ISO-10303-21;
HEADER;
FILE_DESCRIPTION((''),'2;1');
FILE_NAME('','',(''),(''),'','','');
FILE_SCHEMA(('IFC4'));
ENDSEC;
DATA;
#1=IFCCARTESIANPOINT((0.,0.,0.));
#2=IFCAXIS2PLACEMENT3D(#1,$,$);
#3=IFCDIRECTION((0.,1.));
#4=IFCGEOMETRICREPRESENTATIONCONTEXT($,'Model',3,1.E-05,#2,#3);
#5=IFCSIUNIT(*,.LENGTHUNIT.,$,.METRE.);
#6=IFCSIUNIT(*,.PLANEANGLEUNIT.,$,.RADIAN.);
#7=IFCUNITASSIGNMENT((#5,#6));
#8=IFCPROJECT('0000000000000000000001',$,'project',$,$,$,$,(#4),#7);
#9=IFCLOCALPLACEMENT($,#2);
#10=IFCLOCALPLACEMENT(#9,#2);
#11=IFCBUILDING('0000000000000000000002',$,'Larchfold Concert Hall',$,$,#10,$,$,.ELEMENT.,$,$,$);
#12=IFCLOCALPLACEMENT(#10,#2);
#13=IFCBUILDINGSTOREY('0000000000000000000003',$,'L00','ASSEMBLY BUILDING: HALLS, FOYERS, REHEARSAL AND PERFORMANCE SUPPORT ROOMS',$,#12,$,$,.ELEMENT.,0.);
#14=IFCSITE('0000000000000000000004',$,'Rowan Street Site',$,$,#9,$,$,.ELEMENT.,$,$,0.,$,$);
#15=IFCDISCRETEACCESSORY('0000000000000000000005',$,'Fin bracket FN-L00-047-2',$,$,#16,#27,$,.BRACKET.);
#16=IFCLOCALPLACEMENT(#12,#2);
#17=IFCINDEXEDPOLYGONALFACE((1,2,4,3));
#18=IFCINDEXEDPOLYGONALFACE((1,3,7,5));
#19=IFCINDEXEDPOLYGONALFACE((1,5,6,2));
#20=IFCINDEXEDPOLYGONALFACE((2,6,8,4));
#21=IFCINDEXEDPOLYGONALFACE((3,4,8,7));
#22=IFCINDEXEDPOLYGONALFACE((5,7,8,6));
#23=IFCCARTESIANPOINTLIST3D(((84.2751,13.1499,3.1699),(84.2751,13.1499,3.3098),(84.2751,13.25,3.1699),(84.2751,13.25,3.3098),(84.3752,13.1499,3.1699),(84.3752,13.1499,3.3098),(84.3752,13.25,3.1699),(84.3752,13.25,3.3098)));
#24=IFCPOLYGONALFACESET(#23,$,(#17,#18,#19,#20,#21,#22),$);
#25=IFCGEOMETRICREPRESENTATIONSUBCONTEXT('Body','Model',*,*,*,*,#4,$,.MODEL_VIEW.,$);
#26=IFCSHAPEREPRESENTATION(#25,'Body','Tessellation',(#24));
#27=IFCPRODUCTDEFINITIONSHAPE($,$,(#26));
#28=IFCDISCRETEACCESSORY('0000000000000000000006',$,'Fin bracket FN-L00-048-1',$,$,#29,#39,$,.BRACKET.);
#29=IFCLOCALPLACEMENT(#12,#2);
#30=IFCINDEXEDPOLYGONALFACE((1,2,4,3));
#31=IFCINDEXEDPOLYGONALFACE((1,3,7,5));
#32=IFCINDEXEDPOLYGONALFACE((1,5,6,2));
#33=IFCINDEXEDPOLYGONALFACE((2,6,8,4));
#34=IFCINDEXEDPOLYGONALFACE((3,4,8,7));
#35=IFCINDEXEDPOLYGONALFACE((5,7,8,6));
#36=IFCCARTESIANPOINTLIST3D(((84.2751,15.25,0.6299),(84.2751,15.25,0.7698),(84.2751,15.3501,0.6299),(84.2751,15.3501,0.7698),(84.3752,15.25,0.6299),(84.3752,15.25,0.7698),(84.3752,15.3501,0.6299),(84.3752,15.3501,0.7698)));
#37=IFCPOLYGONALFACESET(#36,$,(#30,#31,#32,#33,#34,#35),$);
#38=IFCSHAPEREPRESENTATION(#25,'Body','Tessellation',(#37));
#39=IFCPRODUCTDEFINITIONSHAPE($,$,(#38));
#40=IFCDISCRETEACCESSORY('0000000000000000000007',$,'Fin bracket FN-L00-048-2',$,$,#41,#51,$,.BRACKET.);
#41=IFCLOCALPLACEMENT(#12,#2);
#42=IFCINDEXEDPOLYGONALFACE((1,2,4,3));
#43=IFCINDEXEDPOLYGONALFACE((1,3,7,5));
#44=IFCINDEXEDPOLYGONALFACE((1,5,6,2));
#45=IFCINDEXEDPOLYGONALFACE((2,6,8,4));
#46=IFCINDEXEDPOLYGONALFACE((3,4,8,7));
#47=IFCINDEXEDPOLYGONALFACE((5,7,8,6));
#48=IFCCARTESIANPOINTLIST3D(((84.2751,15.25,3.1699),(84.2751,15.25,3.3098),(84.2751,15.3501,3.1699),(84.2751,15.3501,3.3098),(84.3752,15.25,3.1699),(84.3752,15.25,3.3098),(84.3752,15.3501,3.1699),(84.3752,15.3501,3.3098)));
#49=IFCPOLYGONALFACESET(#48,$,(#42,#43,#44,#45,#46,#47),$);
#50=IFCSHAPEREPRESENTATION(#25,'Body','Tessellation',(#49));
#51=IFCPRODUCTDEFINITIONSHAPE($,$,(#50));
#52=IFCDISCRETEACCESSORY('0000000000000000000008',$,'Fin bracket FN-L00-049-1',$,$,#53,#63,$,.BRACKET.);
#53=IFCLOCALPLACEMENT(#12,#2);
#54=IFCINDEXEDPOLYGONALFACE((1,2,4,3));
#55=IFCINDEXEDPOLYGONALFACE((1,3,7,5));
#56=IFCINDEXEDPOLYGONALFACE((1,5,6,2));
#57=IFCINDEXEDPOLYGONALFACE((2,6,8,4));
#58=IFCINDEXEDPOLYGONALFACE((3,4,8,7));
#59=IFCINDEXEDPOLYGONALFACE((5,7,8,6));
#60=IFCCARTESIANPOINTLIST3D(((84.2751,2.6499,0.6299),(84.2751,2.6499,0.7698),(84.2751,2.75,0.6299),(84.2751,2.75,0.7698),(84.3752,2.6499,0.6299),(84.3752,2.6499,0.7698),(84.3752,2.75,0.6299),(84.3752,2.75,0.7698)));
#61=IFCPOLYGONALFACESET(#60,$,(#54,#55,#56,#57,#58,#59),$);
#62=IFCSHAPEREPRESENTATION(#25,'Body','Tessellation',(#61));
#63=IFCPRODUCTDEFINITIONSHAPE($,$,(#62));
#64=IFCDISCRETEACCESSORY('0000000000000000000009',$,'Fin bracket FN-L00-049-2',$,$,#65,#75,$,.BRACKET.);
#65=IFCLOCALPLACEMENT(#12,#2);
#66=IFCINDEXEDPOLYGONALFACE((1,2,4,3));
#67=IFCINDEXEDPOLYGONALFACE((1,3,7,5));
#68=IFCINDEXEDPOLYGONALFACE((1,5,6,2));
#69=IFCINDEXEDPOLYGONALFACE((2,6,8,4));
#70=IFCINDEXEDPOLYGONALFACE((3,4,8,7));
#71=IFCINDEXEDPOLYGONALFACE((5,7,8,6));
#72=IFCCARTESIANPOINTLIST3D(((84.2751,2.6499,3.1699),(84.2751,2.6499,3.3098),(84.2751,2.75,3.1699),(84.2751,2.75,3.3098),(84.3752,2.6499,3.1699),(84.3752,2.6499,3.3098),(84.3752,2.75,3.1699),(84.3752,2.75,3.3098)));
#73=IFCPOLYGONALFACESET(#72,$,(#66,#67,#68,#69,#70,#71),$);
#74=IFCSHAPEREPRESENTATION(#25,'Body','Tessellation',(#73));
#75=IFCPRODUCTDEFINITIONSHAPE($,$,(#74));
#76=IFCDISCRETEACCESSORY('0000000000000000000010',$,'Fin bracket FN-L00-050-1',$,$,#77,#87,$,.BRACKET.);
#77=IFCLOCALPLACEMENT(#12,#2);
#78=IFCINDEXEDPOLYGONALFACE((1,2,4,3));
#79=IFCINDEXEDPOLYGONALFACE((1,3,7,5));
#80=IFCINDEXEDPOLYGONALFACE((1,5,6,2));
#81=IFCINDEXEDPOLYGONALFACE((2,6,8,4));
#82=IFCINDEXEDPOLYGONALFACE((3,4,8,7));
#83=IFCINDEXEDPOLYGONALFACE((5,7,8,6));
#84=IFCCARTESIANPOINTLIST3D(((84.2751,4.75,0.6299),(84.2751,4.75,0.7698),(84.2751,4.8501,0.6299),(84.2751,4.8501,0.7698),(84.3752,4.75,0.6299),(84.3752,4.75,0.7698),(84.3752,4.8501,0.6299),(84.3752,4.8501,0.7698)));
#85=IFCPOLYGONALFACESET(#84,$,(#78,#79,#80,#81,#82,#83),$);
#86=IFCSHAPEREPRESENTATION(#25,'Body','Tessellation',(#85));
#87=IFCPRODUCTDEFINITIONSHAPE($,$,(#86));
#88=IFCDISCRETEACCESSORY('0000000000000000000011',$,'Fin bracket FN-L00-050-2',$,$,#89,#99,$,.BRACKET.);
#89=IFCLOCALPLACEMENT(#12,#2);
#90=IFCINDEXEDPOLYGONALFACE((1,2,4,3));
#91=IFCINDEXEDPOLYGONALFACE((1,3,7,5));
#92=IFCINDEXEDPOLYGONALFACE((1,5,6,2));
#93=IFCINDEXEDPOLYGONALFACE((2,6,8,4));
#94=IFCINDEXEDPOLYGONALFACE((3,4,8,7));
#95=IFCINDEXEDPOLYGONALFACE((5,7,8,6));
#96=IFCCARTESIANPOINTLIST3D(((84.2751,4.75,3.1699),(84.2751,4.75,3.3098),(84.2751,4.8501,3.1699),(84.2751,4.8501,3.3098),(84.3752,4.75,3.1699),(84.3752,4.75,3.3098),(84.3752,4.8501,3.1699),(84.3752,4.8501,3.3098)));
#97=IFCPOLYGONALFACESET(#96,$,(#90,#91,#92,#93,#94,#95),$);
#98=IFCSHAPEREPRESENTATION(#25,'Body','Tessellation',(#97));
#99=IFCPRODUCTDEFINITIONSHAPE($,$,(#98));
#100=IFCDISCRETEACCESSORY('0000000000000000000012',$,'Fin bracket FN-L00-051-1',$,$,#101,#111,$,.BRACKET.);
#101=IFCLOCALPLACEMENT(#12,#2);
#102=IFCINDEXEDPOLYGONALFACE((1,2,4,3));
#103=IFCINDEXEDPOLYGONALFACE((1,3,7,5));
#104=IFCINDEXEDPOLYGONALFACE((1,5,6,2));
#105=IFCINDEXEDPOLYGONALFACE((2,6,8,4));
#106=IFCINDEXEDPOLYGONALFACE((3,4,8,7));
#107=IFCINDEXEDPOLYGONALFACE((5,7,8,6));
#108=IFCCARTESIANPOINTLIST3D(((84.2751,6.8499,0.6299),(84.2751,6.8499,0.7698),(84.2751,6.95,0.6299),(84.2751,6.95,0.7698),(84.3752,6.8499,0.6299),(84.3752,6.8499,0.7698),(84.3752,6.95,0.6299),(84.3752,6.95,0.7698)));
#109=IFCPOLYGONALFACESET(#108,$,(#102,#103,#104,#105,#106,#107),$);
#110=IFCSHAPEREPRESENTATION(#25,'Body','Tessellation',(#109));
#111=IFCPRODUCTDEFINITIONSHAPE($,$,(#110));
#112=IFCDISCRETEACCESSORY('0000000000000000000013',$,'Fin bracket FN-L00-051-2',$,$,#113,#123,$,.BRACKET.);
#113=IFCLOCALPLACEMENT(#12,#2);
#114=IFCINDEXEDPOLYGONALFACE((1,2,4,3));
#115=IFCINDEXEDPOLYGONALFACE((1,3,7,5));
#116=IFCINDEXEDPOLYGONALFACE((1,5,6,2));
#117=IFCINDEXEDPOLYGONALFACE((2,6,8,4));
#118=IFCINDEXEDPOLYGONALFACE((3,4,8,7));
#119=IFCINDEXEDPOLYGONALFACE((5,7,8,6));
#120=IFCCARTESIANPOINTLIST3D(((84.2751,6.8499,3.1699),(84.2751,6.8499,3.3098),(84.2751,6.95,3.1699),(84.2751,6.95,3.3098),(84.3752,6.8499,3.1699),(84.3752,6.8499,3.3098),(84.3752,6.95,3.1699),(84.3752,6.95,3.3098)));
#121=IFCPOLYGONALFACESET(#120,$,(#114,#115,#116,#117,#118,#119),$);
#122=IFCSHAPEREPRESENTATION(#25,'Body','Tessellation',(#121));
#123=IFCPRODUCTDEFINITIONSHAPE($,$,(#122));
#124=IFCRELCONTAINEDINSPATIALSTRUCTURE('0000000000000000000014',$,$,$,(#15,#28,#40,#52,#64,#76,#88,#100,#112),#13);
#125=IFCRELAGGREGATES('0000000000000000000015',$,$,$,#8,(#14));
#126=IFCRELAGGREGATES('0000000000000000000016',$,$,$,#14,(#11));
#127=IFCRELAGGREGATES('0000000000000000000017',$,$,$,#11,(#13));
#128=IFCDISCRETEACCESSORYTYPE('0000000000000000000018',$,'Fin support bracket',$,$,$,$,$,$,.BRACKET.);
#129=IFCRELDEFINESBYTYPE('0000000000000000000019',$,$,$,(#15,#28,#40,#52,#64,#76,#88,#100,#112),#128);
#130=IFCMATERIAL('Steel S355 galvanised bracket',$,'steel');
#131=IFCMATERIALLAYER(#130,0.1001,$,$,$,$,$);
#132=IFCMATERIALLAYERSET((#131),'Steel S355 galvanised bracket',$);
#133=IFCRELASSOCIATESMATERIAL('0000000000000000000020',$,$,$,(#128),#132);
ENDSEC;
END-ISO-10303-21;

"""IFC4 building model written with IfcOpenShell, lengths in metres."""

from ifc_helpers import new_model, si_unit, direction, frame, origin, origin_2d, place, context, subcontext, project, spatial, rectangle, extrude, material, layer, layer_set, type_object, element, save


model = new_model("IFC4")

# Units and contexts
model_context = context("Model", 3, precision=1e-05, world=origin(), true_north=direction((0.0, 1.0)))
body_context = subcontext(model_context, "Body", "Model", "MODEL_VIEW")
ifc_project = project(units=[si_unit("LENGTHUNIT", "METRE"), si_unit("PLANEANGLEUNIT", "RADIAN")], contexts=[model_context])

# Site, building, storey
site_placement = place(None, origin())
site = spatial("IfcSite", under=ifc_project, at=site_placement, Name="Rowan Street Site", CompositionType="ELEMENT", RefElevation=0.0)
building_placement = place(site_placement, origin())
building = spatial("IfcBuilding", under=site, at=building_placement, Name="Larchfold Concert Hall", CompositionType="ELEMENT")
storey_placement = place(building_placement, origin())
storey = spatial("IfcBuildingStorey", under=building, at=storey_placement, Name="L00", Description="ASSEMBLY BUILDING: HALLS, FOYERS, REHEARSAL AND PERFORMANCE SUPPORT ROOMS", CompositionType="ELEMENT", Elevation=0.0)

# Discrete accessories
ifc_material_1 = material(Name="Steel S355 galvanised bracket", Category="steel")
ifc_layer_1 = layer(ifc_material_1, 0.1001)
ifc_layer_set_1 = layer_set([ifc_layer_1], Name="Steel S355 galvanised bracket")
discrete_accessory_type = type_object("IfcDiscreteAccessoryType", Name="Fin support bracket", PredefinedType="BRACKET", material=ifc_layer_set_1)
for number, where, z_axis, x_axis, name in (
    (1, (84.3252, 13.2, 3.1699), (0.0, 0.0, 1.0), (-1.0, 0.0, 0.0), "Fin bracket FN-L00-047-2"),
    (2, (84.3252, 15.3, 0.6299), (0.0, 0.0, 1.0), (-1.0, 0.0, 0.0), "Fin bracket FN-L00-048-1"),
    (3, (84.3252, 15.3, 3.1699), (0.0, 0.0, 1.0), (-1.0, 0.0, 0.0), "Fin bracket FN-L00-048-2"),
    (4, (84.3252, 2.7, 0.6299), (0.0, 0.0, 1.0), (-1.0, 0.0, 0.0), "Fin bracket FN-L00-049-1"),
    (5, (84.3252, 2.7, 3.1699), (0.0, 0.0, 1.0), (-1.0, 0.0, 0.0), "Fin bracket FN-L00-049-2"),
    (6, (84.3252, 4.8, 0.6299), (0.0, 0.0, 1.0), (-1.0, 0.0, 0.0), "Fin bracket FN-L00-050-1"),
    (7, (84.3252, 4.8, 3.1699), (0.0, 0.0, 1.0), (-1.0, 0.0, 0.0), "Fin bracket FN-L00-050-2"),
    (8, (84.3252, 6.8999, 0.6299), (0.0, 0.0, 1.0), (-1.0, 0.0, 0.0), "Fin bracket FN-L00-051-1"),
    (9, (84.3252, 6.8999, 3.1699), (0.0, 0.0, 1.0), (-1.0, 0.0, 0.0), "Fin bracket FN-L00-051-2"),
):
    element("IfcDiscreteAccessory", number, at=place(storey_placement, frame(where, z_axis=z_axis, x_axis=x_axis)), inside=storey, type_object=discrete_accessory_type, Name=name, PredefinedType="BRACKET", context=body_context, shape_type="SweptSolid", body=[
        extrude(rectangle(XDim=0.1001, YDim=0.1001, at=origin_2d()), origin(), (0.0, 0.0, 1.0), 0.1399),
    ])

save(model, "model.ifc")
